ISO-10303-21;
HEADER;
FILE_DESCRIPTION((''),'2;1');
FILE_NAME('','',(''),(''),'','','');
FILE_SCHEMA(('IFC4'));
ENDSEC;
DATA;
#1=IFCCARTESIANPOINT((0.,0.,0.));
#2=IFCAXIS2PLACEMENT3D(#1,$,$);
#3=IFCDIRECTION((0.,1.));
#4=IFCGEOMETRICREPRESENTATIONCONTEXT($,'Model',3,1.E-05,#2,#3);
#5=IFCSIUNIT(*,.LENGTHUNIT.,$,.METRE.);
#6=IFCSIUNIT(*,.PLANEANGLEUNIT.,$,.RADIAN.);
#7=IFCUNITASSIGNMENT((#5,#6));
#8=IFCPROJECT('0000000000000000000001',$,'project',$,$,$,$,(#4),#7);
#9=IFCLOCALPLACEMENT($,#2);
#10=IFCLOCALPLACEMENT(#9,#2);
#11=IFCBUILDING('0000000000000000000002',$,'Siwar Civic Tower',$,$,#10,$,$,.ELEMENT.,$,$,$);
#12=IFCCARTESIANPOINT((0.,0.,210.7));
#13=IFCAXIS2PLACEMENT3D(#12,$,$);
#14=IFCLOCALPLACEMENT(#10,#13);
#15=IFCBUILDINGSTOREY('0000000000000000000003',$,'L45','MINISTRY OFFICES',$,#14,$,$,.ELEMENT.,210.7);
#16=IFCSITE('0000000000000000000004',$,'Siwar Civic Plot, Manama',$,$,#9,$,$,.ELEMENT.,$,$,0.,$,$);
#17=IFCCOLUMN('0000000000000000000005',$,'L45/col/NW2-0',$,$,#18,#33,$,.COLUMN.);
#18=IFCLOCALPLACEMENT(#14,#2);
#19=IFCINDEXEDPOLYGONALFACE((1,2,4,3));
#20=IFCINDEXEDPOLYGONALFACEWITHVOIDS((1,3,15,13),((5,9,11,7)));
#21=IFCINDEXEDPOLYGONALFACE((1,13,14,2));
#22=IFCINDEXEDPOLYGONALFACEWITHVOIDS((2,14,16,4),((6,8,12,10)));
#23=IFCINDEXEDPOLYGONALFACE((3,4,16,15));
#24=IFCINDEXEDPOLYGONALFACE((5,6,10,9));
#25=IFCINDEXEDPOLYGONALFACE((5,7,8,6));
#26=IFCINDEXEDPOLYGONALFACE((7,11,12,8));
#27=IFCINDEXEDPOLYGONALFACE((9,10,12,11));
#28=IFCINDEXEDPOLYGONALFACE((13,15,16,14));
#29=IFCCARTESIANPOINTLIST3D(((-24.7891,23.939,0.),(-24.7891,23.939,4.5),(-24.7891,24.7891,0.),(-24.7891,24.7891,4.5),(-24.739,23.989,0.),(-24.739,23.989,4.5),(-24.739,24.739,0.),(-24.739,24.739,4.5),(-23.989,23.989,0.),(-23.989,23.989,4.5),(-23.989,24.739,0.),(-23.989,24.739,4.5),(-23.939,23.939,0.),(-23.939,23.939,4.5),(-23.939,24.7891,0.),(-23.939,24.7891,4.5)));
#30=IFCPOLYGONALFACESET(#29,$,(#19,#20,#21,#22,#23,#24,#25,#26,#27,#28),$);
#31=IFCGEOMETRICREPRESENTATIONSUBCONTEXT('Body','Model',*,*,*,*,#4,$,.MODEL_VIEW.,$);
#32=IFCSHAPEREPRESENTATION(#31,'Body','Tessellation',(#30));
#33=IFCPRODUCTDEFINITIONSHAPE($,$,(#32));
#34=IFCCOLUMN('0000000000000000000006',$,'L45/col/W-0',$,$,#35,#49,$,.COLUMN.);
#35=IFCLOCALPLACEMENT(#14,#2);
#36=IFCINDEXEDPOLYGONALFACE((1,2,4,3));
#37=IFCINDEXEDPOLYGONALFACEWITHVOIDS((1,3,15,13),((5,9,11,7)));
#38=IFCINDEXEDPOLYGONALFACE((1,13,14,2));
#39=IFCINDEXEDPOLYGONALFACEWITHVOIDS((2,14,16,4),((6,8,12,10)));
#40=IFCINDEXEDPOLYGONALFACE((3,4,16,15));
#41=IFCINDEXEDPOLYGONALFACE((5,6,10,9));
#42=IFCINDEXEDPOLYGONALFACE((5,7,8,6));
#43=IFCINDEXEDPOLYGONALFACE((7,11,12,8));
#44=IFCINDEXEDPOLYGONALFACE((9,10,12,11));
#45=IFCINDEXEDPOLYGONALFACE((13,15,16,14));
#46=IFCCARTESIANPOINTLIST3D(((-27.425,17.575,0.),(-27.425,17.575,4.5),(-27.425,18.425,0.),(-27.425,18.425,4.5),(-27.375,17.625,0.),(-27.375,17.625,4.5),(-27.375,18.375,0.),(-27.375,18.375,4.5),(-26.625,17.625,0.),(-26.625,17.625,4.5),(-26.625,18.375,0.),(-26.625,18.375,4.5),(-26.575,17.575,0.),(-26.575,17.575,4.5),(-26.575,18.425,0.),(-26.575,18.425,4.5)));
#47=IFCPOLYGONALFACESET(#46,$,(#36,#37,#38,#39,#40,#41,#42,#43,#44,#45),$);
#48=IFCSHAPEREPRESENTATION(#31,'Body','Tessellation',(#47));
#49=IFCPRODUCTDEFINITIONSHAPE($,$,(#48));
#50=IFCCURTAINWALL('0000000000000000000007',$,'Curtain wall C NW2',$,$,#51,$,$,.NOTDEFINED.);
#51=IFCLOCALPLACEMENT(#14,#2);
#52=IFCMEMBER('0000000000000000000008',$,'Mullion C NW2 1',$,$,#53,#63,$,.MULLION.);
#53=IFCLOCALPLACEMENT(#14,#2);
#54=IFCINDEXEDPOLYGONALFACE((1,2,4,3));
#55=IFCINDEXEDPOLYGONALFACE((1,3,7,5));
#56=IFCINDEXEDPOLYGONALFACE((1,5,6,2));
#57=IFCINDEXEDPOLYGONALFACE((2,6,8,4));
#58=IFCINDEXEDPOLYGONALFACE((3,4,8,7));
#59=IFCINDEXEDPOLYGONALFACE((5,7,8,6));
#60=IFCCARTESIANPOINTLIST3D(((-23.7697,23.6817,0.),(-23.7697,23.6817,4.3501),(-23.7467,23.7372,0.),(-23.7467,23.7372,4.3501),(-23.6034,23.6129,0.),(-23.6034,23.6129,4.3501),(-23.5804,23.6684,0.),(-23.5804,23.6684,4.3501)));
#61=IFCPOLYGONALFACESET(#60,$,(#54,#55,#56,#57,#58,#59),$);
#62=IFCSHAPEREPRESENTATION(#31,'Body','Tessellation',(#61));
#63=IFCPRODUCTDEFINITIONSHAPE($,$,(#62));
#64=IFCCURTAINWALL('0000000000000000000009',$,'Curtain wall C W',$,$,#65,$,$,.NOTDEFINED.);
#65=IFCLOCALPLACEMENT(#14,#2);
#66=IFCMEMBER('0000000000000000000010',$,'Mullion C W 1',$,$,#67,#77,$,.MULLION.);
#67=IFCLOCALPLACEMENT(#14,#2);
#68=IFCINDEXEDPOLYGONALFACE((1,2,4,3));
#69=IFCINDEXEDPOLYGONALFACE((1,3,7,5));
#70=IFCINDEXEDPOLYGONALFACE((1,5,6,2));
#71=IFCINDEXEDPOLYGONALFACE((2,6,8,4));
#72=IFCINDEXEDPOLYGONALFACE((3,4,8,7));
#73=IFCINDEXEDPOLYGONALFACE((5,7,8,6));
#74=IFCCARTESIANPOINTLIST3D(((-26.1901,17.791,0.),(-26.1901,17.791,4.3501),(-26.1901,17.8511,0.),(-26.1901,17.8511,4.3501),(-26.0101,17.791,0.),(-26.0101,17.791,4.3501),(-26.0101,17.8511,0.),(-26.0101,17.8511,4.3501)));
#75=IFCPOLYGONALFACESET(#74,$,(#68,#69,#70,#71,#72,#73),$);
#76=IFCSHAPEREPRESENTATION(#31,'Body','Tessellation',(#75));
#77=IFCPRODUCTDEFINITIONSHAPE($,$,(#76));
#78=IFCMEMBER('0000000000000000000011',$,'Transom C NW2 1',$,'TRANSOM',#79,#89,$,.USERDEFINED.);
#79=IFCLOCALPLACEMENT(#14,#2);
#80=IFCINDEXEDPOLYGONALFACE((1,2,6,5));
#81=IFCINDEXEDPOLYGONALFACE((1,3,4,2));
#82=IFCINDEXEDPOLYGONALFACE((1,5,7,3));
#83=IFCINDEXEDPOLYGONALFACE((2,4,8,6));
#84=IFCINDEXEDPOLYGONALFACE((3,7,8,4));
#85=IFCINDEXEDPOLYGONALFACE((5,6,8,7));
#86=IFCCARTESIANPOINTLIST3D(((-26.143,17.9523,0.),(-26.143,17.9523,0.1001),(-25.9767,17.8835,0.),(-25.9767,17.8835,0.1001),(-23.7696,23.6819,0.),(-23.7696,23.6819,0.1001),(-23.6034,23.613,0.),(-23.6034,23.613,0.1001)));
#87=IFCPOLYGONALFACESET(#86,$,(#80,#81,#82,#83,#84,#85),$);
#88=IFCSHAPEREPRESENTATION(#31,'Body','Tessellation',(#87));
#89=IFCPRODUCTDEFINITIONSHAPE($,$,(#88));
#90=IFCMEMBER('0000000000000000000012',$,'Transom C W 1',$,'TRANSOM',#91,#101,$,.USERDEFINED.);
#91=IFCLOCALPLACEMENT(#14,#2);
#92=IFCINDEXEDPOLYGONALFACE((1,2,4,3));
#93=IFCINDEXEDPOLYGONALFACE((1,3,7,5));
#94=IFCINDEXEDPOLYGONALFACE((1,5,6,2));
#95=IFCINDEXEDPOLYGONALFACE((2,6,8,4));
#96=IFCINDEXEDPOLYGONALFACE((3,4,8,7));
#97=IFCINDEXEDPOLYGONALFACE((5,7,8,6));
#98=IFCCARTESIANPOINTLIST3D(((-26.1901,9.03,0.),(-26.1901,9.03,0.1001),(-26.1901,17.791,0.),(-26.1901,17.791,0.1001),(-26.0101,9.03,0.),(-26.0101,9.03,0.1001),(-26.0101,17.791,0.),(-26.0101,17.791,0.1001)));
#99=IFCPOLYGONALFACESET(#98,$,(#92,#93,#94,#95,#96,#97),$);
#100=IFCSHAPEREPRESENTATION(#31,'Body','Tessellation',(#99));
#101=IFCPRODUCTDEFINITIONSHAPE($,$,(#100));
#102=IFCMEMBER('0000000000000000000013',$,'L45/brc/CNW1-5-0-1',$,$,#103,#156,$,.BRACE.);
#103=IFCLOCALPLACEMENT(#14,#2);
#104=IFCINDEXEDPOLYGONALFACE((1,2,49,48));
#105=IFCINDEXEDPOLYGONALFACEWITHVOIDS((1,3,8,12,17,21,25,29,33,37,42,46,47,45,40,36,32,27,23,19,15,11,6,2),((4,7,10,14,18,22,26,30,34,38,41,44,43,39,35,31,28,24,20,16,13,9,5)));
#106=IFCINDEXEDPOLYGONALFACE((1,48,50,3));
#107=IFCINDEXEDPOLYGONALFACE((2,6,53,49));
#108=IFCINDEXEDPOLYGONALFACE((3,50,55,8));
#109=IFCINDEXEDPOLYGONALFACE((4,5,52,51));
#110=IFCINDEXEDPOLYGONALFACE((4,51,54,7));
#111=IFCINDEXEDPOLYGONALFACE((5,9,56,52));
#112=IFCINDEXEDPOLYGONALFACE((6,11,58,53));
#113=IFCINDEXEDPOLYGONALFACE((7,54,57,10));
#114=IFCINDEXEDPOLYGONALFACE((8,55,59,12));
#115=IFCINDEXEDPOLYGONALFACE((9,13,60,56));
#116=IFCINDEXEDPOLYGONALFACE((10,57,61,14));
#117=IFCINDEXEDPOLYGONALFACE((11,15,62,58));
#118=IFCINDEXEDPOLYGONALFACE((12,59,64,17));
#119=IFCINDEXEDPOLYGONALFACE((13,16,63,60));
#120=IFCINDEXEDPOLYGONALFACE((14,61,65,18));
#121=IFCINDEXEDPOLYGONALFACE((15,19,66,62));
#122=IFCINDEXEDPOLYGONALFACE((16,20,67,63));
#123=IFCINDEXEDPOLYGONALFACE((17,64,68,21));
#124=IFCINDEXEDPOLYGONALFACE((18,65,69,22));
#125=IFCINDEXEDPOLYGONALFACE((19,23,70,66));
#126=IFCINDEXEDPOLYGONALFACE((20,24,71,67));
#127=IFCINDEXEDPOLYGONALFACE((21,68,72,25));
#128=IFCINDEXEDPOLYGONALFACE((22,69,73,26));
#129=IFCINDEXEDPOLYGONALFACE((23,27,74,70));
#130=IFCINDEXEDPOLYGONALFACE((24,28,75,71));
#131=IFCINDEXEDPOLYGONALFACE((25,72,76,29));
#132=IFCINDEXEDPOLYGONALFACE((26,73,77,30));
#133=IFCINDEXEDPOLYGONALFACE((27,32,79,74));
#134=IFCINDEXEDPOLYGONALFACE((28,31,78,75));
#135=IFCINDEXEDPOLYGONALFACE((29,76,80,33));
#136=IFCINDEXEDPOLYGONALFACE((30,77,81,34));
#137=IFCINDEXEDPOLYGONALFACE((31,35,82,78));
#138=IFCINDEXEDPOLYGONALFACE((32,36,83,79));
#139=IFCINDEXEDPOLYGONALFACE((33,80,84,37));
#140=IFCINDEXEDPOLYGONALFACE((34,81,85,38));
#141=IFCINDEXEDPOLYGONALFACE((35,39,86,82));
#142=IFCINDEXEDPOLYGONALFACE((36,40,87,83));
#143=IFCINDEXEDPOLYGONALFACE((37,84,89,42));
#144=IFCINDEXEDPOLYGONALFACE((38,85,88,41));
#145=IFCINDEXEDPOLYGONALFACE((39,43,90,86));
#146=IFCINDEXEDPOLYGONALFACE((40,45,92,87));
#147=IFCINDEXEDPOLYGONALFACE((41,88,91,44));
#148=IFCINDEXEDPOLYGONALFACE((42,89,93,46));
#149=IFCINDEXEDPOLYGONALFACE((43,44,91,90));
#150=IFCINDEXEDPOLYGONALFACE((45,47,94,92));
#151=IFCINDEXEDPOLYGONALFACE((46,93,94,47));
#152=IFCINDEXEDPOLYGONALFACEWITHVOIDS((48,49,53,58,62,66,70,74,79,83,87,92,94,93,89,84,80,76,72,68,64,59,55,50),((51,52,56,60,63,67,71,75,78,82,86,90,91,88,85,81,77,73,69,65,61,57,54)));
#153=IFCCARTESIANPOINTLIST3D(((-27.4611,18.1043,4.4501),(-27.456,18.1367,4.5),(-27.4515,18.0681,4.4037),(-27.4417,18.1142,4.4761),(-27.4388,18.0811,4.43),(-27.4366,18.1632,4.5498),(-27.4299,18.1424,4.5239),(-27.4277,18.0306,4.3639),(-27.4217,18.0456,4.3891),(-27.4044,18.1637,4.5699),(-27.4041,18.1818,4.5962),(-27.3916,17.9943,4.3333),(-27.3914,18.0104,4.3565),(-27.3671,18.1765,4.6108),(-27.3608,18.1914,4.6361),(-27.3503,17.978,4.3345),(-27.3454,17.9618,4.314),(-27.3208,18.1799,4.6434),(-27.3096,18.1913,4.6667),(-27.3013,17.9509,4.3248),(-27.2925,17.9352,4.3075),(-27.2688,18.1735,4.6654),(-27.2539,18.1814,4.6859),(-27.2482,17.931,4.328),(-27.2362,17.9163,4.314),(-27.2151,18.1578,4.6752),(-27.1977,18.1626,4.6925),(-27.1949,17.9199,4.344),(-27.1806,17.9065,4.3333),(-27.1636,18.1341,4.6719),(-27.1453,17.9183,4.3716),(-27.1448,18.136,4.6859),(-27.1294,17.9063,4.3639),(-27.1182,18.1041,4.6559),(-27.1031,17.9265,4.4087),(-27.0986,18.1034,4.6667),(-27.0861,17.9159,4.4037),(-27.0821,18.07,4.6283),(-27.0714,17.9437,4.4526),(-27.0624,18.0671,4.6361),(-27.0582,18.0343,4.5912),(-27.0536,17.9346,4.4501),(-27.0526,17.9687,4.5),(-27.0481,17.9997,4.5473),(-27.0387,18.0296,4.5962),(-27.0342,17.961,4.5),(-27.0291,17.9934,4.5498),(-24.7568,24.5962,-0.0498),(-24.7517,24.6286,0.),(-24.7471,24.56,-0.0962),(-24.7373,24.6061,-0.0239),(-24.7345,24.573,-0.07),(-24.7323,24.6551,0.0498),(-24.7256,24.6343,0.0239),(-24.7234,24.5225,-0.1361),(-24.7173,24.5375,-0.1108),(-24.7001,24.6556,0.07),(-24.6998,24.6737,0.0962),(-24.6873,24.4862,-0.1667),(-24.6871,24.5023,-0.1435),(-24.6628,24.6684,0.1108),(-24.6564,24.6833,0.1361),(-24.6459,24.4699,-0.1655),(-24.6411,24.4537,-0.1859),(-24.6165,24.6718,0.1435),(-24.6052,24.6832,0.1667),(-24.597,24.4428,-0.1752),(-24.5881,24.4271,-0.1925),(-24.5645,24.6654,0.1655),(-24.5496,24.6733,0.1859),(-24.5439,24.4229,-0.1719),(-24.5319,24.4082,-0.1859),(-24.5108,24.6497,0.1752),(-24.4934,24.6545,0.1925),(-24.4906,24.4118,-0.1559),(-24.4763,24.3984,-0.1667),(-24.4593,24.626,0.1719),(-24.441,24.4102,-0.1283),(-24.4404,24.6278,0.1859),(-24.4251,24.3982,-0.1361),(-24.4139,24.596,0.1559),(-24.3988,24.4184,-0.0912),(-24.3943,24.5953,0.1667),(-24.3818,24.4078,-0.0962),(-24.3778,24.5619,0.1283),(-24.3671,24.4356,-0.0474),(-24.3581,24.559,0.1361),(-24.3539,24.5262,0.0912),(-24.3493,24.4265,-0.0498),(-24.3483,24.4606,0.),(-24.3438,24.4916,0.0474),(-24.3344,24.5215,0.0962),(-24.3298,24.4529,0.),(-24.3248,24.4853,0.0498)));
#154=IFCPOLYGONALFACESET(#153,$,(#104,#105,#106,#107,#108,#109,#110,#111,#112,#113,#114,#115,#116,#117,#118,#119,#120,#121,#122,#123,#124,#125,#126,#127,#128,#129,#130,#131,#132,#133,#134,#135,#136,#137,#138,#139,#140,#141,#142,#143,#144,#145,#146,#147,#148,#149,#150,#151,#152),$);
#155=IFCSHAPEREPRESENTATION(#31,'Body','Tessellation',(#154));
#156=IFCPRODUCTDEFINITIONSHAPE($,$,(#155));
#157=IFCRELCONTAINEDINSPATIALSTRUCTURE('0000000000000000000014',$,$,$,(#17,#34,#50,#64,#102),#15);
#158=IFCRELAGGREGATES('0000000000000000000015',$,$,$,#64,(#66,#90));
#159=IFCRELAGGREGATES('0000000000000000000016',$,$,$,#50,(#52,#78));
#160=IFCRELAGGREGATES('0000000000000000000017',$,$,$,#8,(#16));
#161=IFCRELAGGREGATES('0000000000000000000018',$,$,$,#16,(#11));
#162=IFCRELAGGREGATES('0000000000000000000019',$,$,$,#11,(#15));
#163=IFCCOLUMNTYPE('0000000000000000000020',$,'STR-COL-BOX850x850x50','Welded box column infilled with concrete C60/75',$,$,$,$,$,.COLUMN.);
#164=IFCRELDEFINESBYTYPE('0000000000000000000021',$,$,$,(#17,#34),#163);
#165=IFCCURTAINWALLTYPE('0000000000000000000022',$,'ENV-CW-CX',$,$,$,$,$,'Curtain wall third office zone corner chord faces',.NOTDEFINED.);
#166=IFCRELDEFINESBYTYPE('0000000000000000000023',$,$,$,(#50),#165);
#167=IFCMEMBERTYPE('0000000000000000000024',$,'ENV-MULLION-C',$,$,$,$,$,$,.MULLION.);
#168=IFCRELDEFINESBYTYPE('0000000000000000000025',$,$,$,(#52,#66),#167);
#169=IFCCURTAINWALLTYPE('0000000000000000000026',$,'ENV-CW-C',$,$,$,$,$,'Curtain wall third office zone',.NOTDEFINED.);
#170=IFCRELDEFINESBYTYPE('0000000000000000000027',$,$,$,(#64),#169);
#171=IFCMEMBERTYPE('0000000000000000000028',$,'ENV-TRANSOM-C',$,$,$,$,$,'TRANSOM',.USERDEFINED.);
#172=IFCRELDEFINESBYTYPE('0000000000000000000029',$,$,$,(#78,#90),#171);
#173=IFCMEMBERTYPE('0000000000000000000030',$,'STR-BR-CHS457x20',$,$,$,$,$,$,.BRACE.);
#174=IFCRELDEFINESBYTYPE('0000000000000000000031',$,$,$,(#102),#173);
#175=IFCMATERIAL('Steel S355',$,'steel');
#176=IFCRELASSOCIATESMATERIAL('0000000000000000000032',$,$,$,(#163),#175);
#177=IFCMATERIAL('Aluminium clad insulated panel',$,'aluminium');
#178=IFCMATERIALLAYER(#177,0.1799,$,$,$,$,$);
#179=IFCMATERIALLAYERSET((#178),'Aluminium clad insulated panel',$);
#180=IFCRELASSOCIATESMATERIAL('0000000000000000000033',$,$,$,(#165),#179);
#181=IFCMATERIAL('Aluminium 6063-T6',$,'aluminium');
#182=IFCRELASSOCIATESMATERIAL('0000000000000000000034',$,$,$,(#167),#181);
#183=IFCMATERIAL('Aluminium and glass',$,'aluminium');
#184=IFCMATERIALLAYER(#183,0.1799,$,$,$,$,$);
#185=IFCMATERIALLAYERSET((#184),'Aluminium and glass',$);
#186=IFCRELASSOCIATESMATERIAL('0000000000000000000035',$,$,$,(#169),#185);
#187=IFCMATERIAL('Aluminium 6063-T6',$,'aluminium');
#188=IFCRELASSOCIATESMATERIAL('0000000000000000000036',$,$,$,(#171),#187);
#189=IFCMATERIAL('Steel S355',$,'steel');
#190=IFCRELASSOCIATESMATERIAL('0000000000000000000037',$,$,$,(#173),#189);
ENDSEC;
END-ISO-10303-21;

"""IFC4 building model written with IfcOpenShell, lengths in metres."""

from ifc_helpers import new_model, si_unit, direction, frame, origin, origin_2d, place, context, subcontext, project, spatial, rectangle, hollow_rectangle, hollow_circle, extrude, material, layer, layer_set, material_profile, profile_set, type_object, element, aggregate, save


model = new_model("IFC4")

# Units and contexts
model_context = context("Model", 3, precision=1e-05, world=origin(), true_north=direction((0.0, 1.0)))
body_context = subcontext(model_context, "Body", "Model", "MODEL_VIEW")
ifc_project = project(units=[si_unit("LENGTHUNIT", "METRE"), si_unit("PLANEANGLEUNIT", "RADIAN")], contexts=[model_context])

# Site, building, storey
site_placement = place(None, origin())
site = spatial("IfcSite", under=ifc_project, at=site_placement, Name="Siwar Civic Plot, Manama", CompositionType="ELEMENT", RefElevation=0.0)
building_placement = place(site_placement, origin())
building = spatial("IfcBuilding", under=site, at=building_placement, Name="Siwar Civic Tower", CompositionType="ELEMENT")
storey_placement = place(building_placement, frame((0.0, 0.0, 210.7)))
storey = spatial("IfcBuildingStorey", under=building, at=storey_placement, Name="L45", Description="MINISTRY OFFICES", CompositionType="ELEMENT", Elevation=210.7)

# Columns
ifc_material_1 = material(Name="Steel S355", Category="steel")
ifc_material_profile_1 = material_profile(ifc_material_1, hollow_rectangle(XDim=0.8501, YDim=0.8501, WallThickness=0.05, at=origin_2d()), Name="BOX850x850x50")
ifc_profile_set_1 = profile_set([ifc_material_profile_1], Name="Steel S355")
column_type = type_object("IfcColumnType", Name="STR-COL-BOX850x850x50", Description="Welded box column infilled with concrete C60/75", PredefinedType="COLUMN", material=ifc_profile_set_1)
for number, where, z_axis, x_axis, name in (
    (1, (-24.364, 24.364, 0.0), (0.0, 0.0, 1.0), (1.0, 0.0, 0.0), "L45/col/NW2-0"),
    (2, (-27.0, 18.0, 0.0), (0.0, 0.0, 1.0), (1.0, 0.0, 0.0), "L45/col/W-0"),
):
    element("IfcColumn", number, at=place(storey_placement, frame(where, z_axis=z_axis, x_axis=x_axis)), inside=storey, type_object=column_type, Name=name, PredefinedType="COLUMN", context=body_context, shape_type="SweptSolid", body=[
        extrude(hollow_rectangle(XDim=0.8501, YDim=0.8501, WallThickness=0.05, at=origin_2d()), origin(), (0.0, 0.0, 1.0), 4.5),
    ])

# Curtain walls, members
ifc_material_2 = material(Name="Aluminium clad insulated panel", Category="aluminium")
ifc_layer_1 = layer(ifc_material_2, 0.1799)
ifc_layer_set_1 = layer_set([ifc_layer_1], Name="Aluminium clad insulated panel")
curtain_wall_type_1 = type_object("IfcCurtainWallType", Name="ENV-CW-CX", ElementType="Curtain wall third office zone corner chord faces", PredefinedType="NOTDEFINED", material=ifc_layer_set_1)
curtain_wall_1_placement = place(storey_placement, origin())
curtain_wall_1 = element("IfcCurtainWall", 3, at=curtain_wall_1_placement, inside=storey, type_object=curtain_wall_type_1, Name="Curtain wall C NW2", PredefinedType="NOTDEFINED")
ifc_material_3 = material(Name="Aluminium 6063-T6", Category="aluminium")
ifc_material_profile_2 = material_profile(ifc_material_3, rectangle(XDim=0.1799, YDim=0.0601, at=origin_2d()), Name="AL 180x60")
ifc_profile_set_2 = profile_set([ifc_material_profile_2], Name="Aluminium 6063-T6")
member_type_1 = type_object("IfcMemberType", Name="ENV-MULLION-C", PredefinedType="MULLION", material=ifc_profile_set_2)
member_1_placement = place(storey_placement, frame((-23.675, 23.675, 0.0), z_axis=(0.0, 0.0, 1.0), x_axis=(0.92388, -0.382683, 0.0)))
member_1 = element("IfcMember", 4, at=member_1_placement, type_object=member_type_1, Name="Mullion C NW2 1", PredefinedType="MULLION", context=body_context, shape_type="SweptSolid", body=[
    extrude(rectangle(XDim=0.1799, YDim=0.0601, at=origin_2d()), origin(), (0.0, 0.0, 1.0), 4.3501),
])
ifc_material_4 = material(Name="Aluminium and glass", Category="aluminium")
ifc_layer_2 = layer(ifc_material_4, 0.1799)
ifc_layer_set_2 = layer_set([ifc_layer_2], Name="Aluminium and glass")
curtain_wall_type_2 = type_object("IfcCurtainWallType", Name="ENV-CW-C", ElementType="Curtain wall third office zone", PredefinedType="NOTDEFINED", material=ifc_layer_set_2)
curtain_wall_2_placement = place(storey_placement, origin())
curtain_wall_2 = element("IfcCurtainWall", 5, at=curtain_wall_2_placement, inside=storey, type_object=curtain_wall_type_2, Name="Curtain wall C W", PredefinedType="NOTDEFINED")
member_2_placement = place(storey_placement, frame((-26.1001, 17.821, 0.0), z_axis=(0.0, 0.0, 1.0), x_axis=(1.0, 0.0, 0.0)))
member_2 = element("IfcMember", 6, at=member_2_placement, type_object=member_type_1, Name="Mullion C W 1", PredefinedType="MULLION", context=body_context, shape_type="SweptSolid", body=[
    extrude(rectangle(XDim=0.1799, YDim=0.0601, at=origin_2d()), origin(), (0.0, 0.0, 1.0), 4.3501),
])

# Members
ifc_material_5 = material(Name="Aluminium 6063-T6", Category="aluminium")
ifc_material_profile_3 = material_profile(ifc_material_5, rectangle(XDim=0.1799, YDim=0.1001, at=origin_2d()), Name="AL 180x100")
ifc_profile_set_3 = profile_set([ifc_material_profile_3], Name="Aluminium 6063-T6")
member_type_2 = type_object("IfcMemberType", Name="ENV-TRANSOM-C", ElementType="TRANSOM", PredefinedType="USERDEFINED", material=ifc_profile_set_3)
member_3_placement = place(storey_placement, frame((-23.6865, 23.6475, 0.05), z_axis=(-0.382691, -0.923876, 0.0), x_axis=(0.923876, -0.382691, 0.0)))
member_3 = element("IfcMember", 7, at=member_3_placement, type_object=member_type_2, Name="Transom C NW2 1", ObjectType="TRANSOM", PredefinedType="USERDEFINED", context=body_context, shape_type="SweptSolid", body=[
    extrude(rectangle(XDim=0.1799, YDim=0.1001, at=origin_2d()), origin(), (0.0, 0.0, 1.0), 6.2017),
])
member_4_placement = place(storey_placement, frame((-26.1001, 17.791, 0.05), z_axis=(0.0, -1.0, 0.0), x_axis=(1.0, 0.0, 0.0)))
member_4 = element("IfcMember", 8, at=member_4_placement, type_object=member_type_2, Name="Transom C W 1", ObjectType="TRANSOM", PredefinedType="USERDEFINED", context=body_context, shape_type="SweptSolid", body=[
    extrude(rectangle(XDim=0.1799, YDim=0.1001, at=origin_2d()), origin(), (0.0, 0.0, 1.0), 8.761),
])
aggregate(curtain_wall_2, [member_2, member_4])

# Member
ifc_material_6 = material(Name="Steel S355", Category="steel")
ifc_material_profile_4 = material_profile(ifc_material_6, hollow_circle(Radius=0.2285, WallThickness=0.02, at=origin_2d()), Name="CHS457x20")
ifc_profile_set_4 = profile_set([ifc_material_profile_4], Name="Steel S355")
member_type_3 = type_object("IfcMemberType", Name="STR-BR-CHS457x20", PredefinedType="BRACE", material=ifc_profile_set_4)
member_5_placement = place(storey_placement, frame((-24.5408, 24.5408, 0.0), z_axis=(-0.323906, -0.777555, 0.538975), x_axis=(0.923109, -0.384539, 0.0)))
element("IfcMember", 9, at=member_5_placement, inside=storey, type_object=member_type_3, Name="L45/brc/CNW1-5-0-1", PredefinedType="BRACE", context=body_context, shape_type="SweptSolid", body=[
    extrude(hollow_circle(Radius=0.2285, WallThickness=0.02, at=origin_2d()), origin(), (0.0, 0.0, 1.0), 8.3491),
])

aggregate(curtain_wall_1, [member_1, member_3])

save(model, "model.ifc")
